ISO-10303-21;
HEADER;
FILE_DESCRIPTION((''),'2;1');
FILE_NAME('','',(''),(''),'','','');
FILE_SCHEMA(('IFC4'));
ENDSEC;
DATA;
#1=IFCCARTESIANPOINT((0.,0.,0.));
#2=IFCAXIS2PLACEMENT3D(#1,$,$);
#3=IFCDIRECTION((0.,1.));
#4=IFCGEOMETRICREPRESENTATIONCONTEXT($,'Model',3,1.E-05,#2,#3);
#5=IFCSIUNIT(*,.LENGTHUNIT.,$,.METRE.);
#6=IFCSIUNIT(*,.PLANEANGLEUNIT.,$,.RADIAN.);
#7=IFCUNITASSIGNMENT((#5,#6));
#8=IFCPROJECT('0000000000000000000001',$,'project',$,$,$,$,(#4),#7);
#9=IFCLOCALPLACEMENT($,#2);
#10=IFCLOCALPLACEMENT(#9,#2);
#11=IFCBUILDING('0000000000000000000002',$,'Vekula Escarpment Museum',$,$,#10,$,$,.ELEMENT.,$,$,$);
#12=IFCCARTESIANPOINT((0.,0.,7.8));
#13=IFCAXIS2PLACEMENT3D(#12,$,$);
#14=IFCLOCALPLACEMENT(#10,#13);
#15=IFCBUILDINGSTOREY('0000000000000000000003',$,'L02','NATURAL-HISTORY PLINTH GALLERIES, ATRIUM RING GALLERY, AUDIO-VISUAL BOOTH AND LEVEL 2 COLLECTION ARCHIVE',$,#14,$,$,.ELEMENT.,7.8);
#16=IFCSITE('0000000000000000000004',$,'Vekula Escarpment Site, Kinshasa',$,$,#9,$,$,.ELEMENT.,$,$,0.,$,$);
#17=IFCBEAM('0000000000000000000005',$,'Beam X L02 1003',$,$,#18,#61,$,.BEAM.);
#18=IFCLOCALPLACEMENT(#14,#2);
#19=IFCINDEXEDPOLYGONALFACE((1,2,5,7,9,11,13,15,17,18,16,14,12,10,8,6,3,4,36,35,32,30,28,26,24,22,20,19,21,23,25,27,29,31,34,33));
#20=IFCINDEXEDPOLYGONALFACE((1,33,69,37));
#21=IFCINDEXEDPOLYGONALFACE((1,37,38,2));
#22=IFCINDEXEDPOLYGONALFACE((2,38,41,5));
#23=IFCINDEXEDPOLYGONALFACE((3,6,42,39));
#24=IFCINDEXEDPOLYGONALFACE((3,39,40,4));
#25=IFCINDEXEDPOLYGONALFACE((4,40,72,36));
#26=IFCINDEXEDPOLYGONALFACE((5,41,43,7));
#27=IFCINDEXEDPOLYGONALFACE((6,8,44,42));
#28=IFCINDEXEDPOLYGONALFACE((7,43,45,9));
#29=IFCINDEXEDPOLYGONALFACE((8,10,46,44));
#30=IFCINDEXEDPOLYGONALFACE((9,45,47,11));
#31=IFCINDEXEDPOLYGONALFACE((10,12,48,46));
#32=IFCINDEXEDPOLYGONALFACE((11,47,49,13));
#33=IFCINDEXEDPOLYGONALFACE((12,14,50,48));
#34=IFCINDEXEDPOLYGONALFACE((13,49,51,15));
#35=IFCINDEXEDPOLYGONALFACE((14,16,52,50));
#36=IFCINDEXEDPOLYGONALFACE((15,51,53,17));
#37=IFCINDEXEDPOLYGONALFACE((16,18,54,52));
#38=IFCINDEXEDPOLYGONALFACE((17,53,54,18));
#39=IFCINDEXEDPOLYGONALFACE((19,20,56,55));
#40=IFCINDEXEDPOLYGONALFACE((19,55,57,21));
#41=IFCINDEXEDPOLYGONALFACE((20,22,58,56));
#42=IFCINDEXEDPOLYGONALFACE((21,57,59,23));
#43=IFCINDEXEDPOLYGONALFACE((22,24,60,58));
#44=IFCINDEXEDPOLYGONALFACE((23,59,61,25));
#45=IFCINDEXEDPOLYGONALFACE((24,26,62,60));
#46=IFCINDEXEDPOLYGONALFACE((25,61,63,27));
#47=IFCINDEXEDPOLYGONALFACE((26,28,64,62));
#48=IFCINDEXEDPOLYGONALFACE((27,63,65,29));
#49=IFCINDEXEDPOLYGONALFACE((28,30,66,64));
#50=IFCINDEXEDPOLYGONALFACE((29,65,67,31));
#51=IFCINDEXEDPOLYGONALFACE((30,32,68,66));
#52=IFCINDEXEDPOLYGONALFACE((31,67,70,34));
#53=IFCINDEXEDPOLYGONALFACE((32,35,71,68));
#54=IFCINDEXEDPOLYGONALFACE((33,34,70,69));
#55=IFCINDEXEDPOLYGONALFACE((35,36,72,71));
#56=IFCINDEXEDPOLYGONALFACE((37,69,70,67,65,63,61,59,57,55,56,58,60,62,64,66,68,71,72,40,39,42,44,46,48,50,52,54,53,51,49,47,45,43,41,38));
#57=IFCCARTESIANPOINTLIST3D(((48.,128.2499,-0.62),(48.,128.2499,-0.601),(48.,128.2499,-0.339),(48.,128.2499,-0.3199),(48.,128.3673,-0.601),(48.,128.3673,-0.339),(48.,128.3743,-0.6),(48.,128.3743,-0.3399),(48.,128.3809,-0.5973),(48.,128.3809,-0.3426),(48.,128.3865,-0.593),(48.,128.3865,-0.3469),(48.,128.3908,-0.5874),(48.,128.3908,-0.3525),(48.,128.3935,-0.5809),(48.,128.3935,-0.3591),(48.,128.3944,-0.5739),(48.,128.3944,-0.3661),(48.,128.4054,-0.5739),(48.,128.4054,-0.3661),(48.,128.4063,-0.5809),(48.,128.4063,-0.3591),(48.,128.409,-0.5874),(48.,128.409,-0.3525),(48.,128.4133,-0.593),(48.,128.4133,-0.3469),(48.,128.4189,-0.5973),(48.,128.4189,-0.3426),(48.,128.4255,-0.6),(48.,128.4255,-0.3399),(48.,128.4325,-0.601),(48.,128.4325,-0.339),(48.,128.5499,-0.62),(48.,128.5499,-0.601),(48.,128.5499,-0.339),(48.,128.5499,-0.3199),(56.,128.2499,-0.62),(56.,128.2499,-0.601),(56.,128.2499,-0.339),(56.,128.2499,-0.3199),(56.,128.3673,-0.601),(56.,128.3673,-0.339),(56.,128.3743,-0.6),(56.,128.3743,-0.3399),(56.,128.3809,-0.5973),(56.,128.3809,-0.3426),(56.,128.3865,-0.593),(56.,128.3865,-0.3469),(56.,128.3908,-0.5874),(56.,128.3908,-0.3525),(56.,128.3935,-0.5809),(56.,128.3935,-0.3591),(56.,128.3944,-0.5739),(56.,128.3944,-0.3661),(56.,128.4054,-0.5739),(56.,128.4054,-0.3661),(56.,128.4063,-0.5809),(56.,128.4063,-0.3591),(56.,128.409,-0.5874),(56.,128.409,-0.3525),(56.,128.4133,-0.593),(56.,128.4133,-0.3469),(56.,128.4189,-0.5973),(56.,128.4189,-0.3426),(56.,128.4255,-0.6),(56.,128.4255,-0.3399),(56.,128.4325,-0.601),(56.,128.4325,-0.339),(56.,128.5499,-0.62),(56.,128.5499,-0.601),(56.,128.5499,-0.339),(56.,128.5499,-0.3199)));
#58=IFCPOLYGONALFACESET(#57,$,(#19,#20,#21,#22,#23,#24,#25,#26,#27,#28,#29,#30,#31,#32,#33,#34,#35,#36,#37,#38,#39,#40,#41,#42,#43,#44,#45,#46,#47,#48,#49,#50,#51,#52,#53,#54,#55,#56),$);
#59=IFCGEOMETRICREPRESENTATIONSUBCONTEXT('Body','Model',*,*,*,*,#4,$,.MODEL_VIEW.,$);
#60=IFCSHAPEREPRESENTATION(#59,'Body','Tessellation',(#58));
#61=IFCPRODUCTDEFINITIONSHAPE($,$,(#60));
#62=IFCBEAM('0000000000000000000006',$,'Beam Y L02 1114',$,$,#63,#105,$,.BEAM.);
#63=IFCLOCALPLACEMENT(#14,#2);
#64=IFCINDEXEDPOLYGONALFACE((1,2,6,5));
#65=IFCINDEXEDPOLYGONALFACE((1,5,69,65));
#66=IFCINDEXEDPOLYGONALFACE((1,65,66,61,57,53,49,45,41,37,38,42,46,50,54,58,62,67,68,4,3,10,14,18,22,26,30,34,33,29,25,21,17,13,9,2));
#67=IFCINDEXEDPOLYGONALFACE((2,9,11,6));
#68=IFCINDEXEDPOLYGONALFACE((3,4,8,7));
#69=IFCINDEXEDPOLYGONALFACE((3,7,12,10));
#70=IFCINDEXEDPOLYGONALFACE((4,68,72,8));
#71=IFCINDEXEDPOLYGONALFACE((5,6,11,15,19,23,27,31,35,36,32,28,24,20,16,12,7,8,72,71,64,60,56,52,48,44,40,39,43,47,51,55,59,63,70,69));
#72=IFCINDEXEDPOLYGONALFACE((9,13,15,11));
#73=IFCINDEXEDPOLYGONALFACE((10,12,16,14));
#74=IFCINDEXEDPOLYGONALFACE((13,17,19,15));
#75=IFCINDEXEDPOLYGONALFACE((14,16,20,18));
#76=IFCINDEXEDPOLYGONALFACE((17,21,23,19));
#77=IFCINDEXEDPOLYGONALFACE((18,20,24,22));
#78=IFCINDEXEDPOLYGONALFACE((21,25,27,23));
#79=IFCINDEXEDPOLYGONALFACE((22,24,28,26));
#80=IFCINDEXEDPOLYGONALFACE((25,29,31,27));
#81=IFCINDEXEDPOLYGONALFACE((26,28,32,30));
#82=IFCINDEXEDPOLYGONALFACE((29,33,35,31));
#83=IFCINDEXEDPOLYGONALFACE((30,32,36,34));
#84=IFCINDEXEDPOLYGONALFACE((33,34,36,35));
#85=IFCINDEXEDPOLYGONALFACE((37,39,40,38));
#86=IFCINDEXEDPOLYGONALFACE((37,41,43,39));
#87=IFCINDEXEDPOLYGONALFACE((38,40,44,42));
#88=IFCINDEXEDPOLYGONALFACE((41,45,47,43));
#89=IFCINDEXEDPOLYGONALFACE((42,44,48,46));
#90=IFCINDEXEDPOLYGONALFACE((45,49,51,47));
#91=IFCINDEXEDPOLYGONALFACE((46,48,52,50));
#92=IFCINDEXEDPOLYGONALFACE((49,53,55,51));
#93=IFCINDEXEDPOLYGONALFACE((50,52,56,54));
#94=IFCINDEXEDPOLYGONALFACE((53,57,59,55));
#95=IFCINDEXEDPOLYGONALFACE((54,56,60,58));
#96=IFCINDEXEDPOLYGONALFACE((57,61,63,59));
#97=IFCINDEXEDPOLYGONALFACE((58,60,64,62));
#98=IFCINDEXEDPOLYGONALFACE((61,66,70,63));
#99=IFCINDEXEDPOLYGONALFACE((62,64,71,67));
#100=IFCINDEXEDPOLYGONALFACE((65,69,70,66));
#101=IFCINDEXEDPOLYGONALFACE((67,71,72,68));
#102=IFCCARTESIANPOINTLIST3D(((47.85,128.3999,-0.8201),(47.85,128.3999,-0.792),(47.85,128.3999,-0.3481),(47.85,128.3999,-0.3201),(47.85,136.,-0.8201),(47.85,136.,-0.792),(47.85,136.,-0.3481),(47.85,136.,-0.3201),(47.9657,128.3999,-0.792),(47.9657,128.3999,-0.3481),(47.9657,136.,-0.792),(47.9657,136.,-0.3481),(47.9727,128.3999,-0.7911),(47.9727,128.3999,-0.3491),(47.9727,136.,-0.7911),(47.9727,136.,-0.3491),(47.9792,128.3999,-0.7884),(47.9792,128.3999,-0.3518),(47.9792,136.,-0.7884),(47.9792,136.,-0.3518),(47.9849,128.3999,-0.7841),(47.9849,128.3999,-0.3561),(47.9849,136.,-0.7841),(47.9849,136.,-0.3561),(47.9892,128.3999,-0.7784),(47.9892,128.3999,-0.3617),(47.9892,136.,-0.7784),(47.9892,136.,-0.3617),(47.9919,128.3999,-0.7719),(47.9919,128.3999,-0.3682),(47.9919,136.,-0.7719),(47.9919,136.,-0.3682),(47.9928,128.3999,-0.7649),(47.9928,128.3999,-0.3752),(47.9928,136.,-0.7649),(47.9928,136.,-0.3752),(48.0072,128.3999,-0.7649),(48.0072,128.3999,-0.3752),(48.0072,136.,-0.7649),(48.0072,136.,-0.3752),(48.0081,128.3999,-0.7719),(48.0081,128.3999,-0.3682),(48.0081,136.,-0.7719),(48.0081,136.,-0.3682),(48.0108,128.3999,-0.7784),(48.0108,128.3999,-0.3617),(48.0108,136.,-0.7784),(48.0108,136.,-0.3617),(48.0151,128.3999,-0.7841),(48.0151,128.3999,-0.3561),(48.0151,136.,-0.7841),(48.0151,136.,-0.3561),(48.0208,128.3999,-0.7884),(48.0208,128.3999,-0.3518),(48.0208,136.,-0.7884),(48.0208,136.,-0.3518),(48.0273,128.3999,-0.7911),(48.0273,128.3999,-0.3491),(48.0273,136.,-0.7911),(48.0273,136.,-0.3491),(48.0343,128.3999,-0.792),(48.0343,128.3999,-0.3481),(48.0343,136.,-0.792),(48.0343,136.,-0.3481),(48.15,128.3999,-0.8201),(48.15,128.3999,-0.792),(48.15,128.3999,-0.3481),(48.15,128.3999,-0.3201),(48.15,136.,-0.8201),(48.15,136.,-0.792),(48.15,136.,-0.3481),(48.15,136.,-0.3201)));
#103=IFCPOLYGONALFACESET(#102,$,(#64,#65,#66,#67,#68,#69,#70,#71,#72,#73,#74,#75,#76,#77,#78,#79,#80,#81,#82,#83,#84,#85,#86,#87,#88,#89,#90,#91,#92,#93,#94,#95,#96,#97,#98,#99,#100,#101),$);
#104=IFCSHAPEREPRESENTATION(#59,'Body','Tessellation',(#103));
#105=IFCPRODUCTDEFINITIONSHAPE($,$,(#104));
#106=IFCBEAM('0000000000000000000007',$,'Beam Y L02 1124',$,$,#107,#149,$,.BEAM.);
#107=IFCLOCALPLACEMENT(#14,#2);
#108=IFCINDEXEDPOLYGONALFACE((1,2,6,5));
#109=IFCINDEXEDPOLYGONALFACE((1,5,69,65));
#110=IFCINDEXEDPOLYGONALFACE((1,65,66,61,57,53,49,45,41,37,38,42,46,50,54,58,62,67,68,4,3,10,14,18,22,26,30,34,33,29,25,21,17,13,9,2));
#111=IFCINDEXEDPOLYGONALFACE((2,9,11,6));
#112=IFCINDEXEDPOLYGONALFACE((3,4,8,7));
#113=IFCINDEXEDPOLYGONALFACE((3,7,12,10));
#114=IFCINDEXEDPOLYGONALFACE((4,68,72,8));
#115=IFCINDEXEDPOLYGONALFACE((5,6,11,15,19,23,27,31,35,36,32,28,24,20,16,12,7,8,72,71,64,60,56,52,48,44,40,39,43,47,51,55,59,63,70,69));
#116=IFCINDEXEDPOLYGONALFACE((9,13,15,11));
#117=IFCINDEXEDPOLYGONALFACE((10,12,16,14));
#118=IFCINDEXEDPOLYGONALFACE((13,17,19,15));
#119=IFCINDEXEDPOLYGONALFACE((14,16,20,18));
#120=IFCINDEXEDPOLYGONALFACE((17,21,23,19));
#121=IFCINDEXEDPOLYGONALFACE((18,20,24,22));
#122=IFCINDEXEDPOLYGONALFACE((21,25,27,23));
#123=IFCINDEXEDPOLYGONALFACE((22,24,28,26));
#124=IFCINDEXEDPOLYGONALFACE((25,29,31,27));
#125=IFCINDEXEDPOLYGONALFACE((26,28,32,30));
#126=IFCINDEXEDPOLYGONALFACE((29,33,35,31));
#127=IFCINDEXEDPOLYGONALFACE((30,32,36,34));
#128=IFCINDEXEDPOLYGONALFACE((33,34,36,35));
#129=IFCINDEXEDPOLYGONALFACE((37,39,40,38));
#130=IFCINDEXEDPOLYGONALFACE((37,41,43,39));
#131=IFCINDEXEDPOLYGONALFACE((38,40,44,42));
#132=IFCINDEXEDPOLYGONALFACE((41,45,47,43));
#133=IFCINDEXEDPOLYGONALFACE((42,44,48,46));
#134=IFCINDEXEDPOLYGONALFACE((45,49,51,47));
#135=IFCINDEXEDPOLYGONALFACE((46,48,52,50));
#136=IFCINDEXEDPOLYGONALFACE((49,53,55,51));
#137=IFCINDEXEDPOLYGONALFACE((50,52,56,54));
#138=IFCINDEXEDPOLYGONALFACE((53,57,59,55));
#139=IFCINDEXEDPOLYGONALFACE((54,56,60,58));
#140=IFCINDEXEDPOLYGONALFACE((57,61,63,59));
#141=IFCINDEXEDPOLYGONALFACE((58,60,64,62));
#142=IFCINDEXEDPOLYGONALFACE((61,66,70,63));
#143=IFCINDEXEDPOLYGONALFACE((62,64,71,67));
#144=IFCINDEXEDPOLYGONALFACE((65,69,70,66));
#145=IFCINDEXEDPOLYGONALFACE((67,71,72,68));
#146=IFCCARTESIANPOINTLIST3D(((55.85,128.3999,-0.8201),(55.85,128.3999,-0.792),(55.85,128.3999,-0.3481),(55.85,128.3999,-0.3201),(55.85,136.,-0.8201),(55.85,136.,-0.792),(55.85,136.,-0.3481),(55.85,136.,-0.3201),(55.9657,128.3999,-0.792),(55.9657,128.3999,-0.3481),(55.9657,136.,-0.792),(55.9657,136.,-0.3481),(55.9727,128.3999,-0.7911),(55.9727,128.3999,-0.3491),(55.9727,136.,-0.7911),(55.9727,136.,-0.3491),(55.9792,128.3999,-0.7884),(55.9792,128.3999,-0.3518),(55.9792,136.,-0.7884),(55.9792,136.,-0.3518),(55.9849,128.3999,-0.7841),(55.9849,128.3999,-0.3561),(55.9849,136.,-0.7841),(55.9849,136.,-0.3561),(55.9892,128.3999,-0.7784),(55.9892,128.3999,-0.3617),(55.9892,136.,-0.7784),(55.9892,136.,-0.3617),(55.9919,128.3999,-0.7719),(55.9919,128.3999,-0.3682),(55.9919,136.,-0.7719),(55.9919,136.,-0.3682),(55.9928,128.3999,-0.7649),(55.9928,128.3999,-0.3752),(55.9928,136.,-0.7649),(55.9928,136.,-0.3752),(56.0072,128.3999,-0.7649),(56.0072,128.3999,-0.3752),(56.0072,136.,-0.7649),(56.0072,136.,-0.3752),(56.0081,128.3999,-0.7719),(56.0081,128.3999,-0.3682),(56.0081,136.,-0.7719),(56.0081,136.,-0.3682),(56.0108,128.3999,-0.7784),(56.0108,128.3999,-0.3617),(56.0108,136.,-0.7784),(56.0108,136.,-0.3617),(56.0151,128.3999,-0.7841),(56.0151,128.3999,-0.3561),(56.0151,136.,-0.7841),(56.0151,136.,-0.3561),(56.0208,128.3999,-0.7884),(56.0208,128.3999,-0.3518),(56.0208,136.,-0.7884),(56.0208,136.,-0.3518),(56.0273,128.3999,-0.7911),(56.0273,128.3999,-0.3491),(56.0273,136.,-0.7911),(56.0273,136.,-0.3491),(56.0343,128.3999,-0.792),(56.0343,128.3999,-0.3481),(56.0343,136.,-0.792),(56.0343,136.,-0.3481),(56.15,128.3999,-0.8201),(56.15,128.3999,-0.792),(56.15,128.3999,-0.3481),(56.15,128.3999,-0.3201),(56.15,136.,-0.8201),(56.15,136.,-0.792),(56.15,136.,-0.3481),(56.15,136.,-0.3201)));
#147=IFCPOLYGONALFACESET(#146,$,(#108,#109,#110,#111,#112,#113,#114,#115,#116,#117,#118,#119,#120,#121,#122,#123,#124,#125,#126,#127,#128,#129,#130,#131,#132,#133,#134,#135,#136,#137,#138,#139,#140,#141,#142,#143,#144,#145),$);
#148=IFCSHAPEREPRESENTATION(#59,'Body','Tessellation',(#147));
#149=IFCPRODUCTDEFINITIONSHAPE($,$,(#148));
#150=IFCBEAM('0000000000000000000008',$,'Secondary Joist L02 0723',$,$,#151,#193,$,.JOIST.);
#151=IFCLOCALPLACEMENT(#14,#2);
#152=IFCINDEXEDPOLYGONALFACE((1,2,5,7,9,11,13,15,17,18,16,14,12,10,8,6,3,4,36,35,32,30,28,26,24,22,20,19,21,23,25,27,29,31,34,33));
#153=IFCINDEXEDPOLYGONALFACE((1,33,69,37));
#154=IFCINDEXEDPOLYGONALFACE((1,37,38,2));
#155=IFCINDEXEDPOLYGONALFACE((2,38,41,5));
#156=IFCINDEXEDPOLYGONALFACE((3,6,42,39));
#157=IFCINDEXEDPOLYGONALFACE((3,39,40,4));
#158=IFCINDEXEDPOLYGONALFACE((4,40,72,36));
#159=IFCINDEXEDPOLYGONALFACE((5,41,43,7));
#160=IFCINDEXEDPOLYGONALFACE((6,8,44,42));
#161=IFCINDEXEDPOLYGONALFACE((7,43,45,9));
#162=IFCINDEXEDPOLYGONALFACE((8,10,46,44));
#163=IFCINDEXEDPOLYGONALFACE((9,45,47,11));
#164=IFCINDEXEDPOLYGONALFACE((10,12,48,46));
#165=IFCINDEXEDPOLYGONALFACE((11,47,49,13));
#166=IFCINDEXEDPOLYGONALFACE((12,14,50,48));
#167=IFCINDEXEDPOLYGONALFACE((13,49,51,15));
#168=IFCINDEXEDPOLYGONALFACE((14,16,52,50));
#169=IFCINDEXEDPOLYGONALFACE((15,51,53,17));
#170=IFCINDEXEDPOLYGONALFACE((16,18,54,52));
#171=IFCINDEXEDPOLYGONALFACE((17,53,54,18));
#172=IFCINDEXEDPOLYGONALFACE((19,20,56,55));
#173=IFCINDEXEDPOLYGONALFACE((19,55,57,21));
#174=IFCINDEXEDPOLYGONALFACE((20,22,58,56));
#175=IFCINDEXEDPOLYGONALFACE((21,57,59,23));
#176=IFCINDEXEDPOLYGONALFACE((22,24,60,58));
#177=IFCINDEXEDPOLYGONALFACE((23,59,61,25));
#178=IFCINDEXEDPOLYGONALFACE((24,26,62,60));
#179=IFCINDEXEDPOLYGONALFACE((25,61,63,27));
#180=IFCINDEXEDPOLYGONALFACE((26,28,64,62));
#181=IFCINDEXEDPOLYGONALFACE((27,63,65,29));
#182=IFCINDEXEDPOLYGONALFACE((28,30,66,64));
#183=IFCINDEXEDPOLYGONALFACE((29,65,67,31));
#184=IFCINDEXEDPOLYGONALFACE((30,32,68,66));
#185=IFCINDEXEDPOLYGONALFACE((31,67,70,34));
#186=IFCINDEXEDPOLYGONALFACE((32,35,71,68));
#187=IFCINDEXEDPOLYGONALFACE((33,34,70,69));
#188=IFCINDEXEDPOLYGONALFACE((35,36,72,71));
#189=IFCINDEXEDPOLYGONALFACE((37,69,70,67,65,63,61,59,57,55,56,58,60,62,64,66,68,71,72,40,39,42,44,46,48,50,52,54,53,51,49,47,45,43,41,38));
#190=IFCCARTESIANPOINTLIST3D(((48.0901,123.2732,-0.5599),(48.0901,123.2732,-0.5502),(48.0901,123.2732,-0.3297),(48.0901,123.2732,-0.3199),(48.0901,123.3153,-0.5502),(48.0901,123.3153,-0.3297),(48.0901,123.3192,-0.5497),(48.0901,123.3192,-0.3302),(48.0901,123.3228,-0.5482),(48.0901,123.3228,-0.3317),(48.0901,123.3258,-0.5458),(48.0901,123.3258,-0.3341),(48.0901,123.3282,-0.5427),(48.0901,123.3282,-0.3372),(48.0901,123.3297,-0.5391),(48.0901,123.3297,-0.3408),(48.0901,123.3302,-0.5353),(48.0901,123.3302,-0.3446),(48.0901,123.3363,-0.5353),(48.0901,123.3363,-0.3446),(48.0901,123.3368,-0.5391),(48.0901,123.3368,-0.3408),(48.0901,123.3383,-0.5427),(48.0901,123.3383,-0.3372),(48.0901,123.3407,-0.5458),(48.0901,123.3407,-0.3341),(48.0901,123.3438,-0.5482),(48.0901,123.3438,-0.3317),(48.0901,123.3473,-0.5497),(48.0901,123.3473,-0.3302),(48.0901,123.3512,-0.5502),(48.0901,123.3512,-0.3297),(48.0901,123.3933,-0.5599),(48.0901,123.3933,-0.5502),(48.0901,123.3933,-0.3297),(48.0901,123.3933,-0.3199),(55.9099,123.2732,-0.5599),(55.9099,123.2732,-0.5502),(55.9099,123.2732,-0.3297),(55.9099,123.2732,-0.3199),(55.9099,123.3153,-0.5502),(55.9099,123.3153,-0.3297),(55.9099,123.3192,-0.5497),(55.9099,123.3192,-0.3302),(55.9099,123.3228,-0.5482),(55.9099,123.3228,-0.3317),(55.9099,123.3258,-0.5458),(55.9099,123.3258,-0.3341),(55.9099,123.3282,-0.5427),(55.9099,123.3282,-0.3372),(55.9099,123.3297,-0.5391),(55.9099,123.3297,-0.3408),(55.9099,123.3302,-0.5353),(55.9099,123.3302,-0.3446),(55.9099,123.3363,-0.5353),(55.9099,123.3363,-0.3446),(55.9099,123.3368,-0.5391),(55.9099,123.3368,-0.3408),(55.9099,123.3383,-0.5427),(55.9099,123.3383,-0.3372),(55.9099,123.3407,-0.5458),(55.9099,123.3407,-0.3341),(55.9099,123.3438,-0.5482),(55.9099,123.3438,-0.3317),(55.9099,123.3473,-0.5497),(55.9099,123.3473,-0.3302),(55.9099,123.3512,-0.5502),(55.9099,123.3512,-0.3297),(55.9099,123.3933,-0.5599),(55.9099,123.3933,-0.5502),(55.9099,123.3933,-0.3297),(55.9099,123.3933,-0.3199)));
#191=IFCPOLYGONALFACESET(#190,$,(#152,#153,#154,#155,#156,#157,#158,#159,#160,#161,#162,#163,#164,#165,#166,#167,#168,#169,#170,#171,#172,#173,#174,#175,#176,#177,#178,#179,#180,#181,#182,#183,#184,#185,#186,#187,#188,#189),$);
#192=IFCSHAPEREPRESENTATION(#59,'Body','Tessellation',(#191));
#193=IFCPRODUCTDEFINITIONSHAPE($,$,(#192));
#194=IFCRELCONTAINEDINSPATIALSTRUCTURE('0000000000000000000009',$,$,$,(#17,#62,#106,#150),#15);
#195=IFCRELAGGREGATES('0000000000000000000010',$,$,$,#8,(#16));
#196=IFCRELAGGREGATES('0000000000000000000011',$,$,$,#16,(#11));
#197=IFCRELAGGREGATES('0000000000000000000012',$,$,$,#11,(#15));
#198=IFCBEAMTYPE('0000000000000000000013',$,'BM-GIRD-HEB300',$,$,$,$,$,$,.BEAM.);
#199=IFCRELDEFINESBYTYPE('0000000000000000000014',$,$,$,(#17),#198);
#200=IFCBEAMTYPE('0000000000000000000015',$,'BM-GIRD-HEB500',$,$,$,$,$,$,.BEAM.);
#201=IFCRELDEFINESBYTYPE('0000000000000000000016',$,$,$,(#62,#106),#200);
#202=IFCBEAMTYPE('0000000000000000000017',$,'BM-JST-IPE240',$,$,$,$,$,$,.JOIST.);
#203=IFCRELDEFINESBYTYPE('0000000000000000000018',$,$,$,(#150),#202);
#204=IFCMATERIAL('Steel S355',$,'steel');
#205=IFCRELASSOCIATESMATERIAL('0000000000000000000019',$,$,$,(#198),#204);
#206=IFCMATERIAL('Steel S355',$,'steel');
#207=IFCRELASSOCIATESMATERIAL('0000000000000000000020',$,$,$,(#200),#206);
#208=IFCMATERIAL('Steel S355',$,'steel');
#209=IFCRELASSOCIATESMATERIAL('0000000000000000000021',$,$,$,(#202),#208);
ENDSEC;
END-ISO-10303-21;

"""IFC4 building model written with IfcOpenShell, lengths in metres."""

from ifc_helpers import new_model, si_unit, direction, frame, origin, origin_2d, place, context, subcontext, project, spatial, i_section, extrude, material, material_profile, profile_set, type_object, element, save


model = new_model("IFC4")

# Units and contexts
model_context = context("Model", 3, precision=1e-05, world=origin(), true_north=direction((0.0, 1.0)))
body_context = subcontext(model_context, "Body", "Model", "MODEL_VIEW")
ifc_project = project(units=[si_unit("LENGTHUNIT", "METRE"), si_unit("PLANEANGLEUNIT", "RADIAN")], contexts=[model_context])

# Site, building, storey
site_placement = place(None, origin())
site = spatial("IfcSite", under=ifc_project, at=site_placement, Name="Vekula Escarpment Site, Kinshasa", CompositionType="ELEMENT", RefElevation=0.0)
building_placement = place(site_placement, origin())
building = spatial("IfcBuilding", under=site, at=building_placement, Name="Vekula Escarpment Museum", CompositionType="ELEMENT")
storey_placement = place(building_placement, frame((0.0, 0.0, 7.8)))
storey = spatial("IfcBuildingStorey", under=building, at=storey_placement, Name="L02", Description="NATURAL-HISTORY PLINTH GALLERIES, ATRIUM RING GALLERY, AUDIO-VISUAL BOOTH AND LEVEL 2 COLLECTION ARCHIVE", CompositionType="ELEMENT", Elevation=7.8)

# Beams
ifc_material_1 = material(Name="Steel S355", Category="steel")
ifc_material_profile_1 = material_profile(ifc_material_1, i_section(OverallWidth=0.3, OverallDepth=0.3, WebThickness=0.011, FlangeThickness=0.019, FilletRadius=0.0271, at=origin_2d()), Name="HEB 300")
ifc_profile_set_1 = profile_set([ifc_material_profile_1], Name="Steel S355")
beam_type_1 = type_object("IfcBeamType", Name="BM-GIRD-HEB300", PredefinedType="BEAM", material=ifc_profile_set_1)
beam_1_placement = place(storey_placement, frame((48.0, 128.3999, -0.47), z_axis=(1.0, 0.0, 0.0), x_axis=(0.0, 1.0, 0.0)))
element("IfcBeam", 1, at=beam_1_placement, inside=storey, type_object=beam_type_1, Name="Beam X L02 1003", PredefinedType="BEAM", context=body_context, shape_type="SweptSolid", body=[
    extrude(i_section(OverallWidth=0.3, OverallDepth=0.3, WebThickness=0.011, FlangeThickness=0.019, FilletRadius=0.0271, at=origin_2d()), origin(), (0.0, 0.0, 1.0), 8.0),
])
ifc_material_2 = material(Name="Steel S355", Category="steel")
ifc_material_profile_2 = material_profile(ifc_material_2, i_section(OverallWidth=0.3, OverallDepth=0.5, WebThickness=0.0144, FlangeThickness=0.0281, FilletRadius=0.0271, at=origin_2d()), Name="HEB 500")
ifc_profile_set_2 = profile_set([ifc_material_profile_2], Name="Steel S355")
beam_type_2 = type_object("IfcBeamType", Name="BM-GIRD-HEB500", PredefinedType="BEAM", material=ifc_profile_set_2)
for number, where, z_axis, x_axis, name in (
    (2, (48.0, 128.3999, -0.5701), (0.0, 1.0, 0.0), (-1.0, 0.0, 0.0), "Beam Y L02 1114"),
    (3, (56.0, 128.3999, -0.5701), (0.0, 1.0, 0.0), (-1.0, 0.0, 0.0), "Beam Y L02 1124"),
):
    element("IfcBeam", number, at=place(storey_placement, frame(where, z_axis=z_axis, x_axis=x_axis)), inside=storey, type_object=beam_type_2, Name=name, PredefinedType="BEAM", context=body_context, shape_type="SweptSolid", body=[
        extrude(i_section(OverallWidth=0.3, OverallDepth=0.5, WebThickness=0.0144, FlangeThickness=0.0281, FilletRadius=0.0271, at=origin_2d()), origin(), (0.0, 0.0, 1.0), 7.6001),
    ])
ifc_material_3 = material(Name="Steel S355", Category="steel")
ifc_material_profile_3 = material_profile(ifc_material_3, i_section(OverallWidth=0.1201, OverallDepth=0.24, WebThickness=0.0061, FlangeThickness=0.0098, FilletRadius=0.0149, at=origin_2d()), Name="IPE 240")
ifc_profile_set_3 = profile_set([ifc_material_profile_3], Name="Steel S355")
beam_type_3 = type_object("IfcBeamType", Name="BM-JST-IPE240", PredefinedType="JOIST", material=ifc_profile_set_3)
for number, where, z_axis, x_axis, name in (
    (4, (48.0901, 123.3333, -0.4399), (1.0, 0.0, 0.0), (0.0, 1.0, 0.0), "Secondary Joist L02 0723"),
):
    element("IfcBeam", number, at=place(storey_placement, frame(where, z_axis=z_axis, x_axis=x_axis)), inside=storey, type_object=beam_type_3, Name=name, PredefinedType="JOIST", context=body_context, shape_type="SweptSolid", body=[
        extrude(i_section(OverallWidth=0.1201, OverallDepth=0.24, WebThickness=0.0061, FlangeThickness=0.0098, FilletRadius=0.0149, at=origin_2d()), origin(), (0.0, 0.0, 1.0), 7.8198),
    ])

save(model, "model.ifc")
